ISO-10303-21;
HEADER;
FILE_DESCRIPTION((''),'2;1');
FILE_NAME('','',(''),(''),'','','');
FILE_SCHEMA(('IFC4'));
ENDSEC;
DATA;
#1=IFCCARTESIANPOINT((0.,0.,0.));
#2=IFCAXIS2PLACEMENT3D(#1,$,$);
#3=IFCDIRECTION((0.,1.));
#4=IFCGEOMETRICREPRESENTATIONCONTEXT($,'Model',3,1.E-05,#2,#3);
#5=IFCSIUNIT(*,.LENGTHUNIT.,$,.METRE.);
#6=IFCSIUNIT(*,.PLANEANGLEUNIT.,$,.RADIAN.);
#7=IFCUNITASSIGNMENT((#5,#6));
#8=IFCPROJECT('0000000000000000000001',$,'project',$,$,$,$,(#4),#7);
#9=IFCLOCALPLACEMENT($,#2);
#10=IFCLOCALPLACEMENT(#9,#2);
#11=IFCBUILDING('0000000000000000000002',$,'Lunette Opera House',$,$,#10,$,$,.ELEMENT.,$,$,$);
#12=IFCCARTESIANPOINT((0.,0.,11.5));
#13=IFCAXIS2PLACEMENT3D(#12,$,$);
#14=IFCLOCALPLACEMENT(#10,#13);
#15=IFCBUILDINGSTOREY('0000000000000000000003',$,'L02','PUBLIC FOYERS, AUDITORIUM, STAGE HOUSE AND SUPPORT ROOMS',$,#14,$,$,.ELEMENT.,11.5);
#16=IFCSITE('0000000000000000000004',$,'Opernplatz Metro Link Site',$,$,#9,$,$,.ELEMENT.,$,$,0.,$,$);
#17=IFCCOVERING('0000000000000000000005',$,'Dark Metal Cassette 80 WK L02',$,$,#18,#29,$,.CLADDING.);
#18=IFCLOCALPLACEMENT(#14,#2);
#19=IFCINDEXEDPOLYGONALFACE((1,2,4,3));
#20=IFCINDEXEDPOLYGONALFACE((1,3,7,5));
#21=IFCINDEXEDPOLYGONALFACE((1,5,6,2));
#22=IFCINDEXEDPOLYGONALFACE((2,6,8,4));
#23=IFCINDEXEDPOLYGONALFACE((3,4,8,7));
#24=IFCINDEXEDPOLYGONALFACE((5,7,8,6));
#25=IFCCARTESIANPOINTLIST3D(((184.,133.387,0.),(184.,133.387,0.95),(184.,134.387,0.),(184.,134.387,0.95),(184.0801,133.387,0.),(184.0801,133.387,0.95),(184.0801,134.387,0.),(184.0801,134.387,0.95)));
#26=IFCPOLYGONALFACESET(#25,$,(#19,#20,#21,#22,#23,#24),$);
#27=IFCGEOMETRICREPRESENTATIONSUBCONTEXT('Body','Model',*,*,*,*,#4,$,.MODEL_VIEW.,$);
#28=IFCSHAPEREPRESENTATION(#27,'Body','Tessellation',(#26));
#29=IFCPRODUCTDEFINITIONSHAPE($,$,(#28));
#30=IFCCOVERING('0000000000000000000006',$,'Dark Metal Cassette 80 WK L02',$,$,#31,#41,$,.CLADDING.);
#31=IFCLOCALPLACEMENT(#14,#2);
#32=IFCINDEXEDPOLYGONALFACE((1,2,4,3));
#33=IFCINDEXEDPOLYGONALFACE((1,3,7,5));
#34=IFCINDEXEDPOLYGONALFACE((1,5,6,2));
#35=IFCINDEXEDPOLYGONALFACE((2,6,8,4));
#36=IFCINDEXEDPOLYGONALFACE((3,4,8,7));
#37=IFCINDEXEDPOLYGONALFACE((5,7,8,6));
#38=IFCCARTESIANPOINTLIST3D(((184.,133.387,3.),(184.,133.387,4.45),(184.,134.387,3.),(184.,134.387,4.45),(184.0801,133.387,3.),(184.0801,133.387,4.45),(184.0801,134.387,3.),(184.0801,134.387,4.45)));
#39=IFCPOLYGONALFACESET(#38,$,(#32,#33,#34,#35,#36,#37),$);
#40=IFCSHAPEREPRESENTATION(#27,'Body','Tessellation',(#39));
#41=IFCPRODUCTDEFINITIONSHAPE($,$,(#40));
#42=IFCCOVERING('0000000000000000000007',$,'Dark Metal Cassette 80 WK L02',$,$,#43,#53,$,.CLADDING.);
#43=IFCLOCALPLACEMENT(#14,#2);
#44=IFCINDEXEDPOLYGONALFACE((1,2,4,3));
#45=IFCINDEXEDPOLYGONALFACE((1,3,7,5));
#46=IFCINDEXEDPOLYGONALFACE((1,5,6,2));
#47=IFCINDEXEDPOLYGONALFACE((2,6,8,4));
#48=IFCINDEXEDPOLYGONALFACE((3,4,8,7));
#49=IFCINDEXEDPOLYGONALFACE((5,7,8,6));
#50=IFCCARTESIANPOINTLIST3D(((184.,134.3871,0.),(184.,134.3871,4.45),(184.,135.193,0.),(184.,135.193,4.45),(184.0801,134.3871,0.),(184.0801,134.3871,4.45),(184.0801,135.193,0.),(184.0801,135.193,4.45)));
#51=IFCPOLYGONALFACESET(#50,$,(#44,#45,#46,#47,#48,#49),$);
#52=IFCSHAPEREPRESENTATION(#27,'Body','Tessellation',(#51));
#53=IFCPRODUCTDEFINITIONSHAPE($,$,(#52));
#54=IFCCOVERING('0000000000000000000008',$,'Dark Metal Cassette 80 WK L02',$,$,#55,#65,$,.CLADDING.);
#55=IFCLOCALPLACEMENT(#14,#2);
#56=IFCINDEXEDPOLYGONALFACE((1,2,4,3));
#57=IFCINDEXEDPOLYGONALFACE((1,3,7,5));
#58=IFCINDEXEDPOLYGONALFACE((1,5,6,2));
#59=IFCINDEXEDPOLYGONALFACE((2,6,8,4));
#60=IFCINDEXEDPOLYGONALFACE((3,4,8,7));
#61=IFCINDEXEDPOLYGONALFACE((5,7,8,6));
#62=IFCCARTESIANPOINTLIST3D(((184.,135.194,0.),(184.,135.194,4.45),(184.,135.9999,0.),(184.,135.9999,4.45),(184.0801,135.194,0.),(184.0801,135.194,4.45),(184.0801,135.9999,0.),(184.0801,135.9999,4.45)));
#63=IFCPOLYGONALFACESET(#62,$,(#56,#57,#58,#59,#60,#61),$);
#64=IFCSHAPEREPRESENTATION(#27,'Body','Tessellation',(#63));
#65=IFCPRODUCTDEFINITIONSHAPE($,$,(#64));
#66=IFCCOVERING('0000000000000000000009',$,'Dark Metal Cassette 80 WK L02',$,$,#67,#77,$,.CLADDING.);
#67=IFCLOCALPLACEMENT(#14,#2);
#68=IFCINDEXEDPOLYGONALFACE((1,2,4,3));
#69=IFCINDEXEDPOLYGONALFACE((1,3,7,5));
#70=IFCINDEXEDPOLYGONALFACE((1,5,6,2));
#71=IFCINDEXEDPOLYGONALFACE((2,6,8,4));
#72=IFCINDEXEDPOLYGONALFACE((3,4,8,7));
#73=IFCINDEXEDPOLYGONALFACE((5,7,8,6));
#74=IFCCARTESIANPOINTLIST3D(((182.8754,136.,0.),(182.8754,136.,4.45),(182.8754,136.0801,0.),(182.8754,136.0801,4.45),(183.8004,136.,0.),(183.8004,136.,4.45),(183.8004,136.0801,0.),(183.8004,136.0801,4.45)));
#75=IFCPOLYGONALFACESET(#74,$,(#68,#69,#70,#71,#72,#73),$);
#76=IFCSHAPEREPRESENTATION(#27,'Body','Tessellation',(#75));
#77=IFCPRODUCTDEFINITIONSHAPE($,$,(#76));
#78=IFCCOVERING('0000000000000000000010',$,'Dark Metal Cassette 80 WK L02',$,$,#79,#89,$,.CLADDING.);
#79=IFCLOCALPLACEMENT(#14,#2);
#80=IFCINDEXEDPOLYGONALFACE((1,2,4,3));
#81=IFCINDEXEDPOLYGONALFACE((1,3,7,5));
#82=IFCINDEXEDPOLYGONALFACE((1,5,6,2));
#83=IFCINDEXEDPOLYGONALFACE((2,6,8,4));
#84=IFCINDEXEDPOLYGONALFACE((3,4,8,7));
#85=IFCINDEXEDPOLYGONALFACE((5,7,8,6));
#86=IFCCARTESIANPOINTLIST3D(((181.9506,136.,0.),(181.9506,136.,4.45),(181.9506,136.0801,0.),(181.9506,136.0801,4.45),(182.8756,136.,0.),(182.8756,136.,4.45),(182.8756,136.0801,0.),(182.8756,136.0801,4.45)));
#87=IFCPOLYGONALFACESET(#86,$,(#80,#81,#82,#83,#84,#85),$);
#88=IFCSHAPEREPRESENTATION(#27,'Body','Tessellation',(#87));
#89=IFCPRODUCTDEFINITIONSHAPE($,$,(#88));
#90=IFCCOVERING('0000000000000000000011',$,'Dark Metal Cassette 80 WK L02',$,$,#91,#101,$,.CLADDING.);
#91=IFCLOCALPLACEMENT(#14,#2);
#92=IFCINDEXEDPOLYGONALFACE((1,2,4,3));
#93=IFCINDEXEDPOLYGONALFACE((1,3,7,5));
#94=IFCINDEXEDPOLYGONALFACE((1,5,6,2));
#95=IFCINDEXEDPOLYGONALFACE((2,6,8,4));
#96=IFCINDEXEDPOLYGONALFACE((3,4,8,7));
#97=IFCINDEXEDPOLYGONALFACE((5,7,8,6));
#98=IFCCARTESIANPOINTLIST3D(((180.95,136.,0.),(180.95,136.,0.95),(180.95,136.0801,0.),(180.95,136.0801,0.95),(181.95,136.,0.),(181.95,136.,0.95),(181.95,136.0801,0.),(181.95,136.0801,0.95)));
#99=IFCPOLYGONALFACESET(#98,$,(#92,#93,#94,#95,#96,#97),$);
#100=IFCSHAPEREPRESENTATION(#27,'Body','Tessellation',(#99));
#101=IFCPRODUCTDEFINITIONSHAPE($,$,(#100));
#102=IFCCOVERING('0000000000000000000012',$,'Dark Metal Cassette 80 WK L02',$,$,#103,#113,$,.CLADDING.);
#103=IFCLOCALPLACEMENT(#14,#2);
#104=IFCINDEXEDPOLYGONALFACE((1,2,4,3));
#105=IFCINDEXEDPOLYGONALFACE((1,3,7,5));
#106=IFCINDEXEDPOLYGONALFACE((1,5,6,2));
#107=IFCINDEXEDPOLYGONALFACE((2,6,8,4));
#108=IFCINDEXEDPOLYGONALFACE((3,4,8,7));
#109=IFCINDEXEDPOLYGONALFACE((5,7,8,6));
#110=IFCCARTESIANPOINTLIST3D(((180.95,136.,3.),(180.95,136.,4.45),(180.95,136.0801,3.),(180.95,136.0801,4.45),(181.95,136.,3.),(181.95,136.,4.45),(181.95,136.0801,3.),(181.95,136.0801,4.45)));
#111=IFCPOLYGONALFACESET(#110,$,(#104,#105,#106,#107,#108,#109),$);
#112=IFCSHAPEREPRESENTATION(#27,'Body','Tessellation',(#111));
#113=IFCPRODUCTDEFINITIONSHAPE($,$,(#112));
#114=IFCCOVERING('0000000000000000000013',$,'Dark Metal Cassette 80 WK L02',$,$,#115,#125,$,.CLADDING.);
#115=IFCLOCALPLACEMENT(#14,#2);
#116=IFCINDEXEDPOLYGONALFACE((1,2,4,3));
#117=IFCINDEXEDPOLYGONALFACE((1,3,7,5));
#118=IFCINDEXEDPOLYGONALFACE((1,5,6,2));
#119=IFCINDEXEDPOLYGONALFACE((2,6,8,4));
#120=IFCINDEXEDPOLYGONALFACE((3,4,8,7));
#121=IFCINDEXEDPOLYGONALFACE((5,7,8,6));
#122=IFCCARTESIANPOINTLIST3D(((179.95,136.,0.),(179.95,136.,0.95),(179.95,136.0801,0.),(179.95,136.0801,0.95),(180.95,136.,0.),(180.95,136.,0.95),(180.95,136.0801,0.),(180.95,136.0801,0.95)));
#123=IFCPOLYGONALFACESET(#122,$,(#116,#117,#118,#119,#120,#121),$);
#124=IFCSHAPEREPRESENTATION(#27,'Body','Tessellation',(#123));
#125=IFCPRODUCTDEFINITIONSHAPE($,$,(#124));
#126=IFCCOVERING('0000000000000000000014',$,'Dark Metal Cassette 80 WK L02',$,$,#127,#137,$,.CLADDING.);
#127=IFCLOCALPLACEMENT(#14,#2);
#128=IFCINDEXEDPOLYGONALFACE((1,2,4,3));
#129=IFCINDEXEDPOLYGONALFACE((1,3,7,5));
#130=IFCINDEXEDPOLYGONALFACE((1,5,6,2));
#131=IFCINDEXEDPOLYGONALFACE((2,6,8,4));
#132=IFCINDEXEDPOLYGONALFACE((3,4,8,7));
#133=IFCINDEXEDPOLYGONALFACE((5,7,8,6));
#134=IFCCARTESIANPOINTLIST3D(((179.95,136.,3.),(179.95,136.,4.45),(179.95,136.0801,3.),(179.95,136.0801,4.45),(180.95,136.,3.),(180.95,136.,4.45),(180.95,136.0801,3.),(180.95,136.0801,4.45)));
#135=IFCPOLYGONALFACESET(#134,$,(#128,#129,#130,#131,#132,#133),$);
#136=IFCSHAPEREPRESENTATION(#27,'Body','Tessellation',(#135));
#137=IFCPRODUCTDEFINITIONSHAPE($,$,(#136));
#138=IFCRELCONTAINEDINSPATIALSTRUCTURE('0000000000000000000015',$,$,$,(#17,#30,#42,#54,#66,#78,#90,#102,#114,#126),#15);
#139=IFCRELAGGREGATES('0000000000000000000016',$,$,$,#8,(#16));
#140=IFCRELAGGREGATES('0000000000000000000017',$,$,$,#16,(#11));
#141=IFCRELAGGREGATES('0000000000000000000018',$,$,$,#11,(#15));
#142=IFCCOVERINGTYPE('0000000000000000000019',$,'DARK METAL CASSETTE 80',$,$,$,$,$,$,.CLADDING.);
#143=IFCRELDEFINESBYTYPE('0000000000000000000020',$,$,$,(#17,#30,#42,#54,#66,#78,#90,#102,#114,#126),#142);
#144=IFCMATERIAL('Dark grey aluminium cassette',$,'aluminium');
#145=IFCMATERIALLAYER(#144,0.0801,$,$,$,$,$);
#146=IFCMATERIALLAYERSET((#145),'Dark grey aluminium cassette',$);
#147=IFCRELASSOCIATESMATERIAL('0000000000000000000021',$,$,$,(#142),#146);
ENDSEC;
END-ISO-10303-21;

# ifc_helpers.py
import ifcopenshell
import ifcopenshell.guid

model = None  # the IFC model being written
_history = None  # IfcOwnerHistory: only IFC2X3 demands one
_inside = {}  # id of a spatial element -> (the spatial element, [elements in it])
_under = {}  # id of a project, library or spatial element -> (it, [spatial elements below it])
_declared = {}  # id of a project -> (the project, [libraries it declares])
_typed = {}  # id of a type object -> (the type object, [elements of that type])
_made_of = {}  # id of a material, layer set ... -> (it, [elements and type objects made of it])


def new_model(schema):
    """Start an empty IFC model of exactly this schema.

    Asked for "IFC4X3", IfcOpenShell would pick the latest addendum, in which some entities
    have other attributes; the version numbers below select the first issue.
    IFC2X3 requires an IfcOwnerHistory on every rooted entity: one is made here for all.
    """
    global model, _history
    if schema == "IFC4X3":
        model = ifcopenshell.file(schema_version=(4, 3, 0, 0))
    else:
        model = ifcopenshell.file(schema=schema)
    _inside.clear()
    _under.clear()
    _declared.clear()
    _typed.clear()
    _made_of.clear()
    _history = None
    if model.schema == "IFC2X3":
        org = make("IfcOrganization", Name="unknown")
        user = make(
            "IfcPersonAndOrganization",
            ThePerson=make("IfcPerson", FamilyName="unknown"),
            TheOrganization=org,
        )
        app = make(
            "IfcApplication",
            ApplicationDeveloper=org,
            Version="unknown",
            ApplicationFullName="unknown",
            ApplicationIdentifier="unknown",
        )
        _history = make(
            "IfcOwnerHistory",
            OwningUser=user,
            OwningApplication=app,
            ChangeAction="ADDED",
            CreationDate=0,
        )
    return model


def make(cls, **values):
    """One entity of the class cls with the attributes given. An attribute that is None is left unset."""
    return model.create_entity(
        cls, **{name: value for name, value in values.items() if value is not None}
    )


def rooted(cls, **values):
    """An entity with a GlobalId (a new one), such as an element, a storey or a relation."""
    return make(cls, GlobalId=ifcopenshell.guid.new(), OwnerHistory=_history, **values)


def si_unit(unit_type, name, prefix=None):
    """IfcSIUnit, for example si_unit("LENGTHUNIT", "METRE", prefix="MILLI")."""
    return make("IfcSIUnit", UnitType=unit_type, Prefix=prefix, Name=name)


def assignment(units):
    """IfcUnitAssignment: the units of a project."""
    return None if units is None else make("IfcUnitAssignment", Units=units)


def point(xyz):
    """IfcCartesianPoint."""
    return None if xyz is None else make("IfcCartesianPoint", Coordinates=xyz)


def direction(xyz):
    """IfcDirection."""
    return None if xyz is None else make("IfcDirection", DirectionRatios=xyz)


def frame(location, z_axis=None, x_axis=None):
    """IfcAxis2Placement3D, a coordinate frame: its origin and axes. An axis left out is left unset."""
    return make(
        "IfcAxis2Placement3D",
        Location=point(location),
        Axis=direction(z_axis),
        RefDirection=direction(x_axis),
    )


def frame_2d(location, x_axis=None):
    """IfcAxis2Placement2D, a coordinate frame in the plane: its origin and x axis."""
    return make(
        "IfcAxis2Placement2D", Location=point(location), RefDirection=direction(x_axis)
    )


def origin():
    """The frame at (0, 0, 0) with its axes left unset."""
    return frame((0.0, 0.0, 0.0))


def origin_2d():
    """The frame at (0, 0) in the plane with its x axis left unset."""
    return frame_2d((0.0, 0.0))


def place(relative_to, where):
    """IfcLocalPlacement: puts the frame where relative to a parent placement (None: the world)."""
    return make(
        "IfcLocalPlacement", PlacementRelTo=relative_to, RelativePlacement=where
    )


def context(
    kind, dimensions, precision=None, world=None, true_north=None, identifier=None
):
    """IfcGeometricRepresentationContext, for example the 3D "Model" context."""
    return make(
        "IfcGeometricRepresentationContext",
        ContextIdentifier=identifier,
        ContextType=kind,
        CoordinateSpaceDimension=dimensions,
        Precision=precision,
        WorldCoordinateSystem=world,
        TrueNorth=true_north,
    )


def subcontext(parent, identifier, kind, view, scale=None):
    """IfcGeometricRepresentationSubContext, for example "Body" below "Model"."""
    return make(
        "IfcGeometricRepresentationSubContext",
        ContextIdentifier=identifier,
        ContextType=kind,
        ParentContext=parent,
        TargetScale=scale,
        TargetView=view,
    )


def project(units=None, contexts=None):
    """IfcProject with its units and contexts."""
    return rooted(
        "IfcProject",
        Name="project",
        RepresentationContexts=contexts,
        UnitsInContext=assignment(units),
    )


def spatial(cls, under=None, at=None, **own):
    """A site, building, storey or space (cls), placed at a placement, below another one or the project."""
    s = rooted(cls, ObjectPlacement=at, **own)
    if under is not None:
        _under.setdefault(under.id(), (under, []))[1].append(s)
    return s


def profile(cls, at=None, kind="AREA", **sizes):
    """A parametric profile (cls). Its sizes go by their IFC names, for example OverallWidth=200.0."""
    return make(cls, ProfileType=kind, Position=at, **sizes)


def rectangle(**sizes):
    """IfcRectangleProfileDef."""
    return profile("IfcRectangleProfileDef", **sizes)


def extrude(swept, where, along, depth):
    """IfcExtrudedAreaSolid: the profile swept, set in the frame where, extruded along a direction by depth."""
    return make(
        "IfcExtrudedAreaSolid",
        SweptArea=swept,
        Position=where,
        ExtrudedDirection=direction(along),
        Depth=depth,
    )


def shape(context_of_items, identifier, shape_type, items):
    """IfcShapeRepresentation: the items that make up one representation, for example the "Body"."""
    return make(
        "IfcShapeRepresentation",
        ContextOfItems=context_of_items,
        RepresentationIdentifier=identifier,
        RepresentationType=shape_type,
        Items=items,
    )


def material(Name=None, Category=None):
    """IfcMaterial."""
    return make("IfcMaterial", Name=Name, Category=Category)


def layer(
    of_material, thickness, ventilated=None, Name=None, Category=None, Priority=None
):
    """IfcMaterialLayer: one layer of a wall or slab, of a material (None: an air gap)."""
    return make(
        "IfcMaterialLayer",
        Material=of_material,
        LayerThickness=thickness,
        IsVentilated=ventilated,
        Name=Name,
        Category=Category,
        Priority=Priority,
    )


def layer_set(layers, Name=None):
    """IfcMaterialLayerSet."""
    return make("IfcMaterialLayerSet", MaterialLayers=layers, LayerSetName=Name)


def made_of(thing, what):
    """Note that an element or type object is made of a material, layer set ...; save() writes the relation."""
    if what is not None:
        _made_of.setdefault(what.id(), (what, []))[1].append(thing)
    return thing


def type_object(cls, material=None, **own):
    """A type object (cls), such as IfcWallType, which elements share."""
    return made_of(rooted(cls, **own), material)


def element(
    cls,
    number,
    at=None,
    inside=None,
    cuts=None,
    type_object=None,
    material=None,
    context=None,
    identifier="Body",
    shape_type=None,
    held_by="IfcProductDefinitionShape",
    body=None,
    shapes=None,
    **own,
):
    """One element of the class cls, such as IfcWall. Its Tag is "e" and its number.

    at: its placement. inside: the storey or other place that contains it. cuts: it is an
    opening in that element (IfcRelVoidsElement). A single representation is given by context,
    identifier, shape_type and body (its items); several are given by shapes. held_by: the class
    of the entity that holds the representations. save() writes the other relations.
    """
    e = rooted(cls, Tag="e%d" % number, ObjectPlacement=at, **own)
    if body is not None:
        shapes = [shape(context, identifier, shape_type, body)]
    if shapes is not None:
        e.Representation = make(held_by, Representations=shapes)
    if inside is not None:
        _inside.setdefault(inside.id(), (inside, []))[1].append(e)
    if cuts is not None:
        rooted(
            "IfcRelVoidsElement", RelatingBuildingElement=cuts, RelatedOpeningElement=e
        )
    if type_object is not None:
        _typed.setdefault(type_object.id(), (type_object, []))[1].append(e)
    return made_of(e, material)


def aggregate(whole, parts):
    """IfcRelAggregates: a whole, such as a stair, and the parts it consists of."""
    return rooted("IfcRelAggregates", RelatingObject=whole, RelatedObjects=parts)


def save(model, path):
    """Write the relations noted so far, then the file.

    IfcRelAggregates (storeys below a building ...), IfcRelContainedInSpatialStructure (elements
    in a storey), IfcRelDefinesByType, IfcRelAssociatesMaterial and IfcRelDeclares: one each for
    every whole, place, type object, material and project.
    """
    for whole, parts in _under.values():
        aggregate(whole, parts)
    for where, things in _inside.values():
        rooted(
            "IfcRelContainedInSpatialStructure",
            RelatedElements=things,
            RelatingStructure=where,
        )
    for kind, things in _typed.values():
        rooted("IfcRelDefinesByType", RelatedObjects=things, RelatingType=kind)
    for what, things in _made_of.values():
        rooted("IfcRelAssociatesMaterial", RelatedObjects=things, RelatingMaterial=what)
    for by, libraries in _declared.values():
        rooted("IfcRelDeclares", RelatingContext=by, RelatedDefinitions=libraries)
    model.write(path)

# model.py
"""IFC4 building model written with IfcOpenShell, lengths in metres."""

from ifc_helpers import new_model, si_unit, direction, frame, origin, origin_2d, place, context, subcontext, project, spatial, rectangle, extrude, material, layer, layer_set, type_object, element, save


model = new_model("IFC4")

# Units and contexts
model_context = context("Model", 3, precision=1e-05, world=origin(), true_north=direction((0.0, 1.0)))
body_context = subcontext(model_context, "Body", "Model", "MODEL_VIEW")
ifc_project = project(units=[si_unit("LENGTHUNIT", "METRE"), si_unit("PLANEANGLEUNIT", "RADIAN")], contexts=[model_context])

# Site, building, storey
site_placement = place(None, origin())
site = spatial("IfcSite", under=ifc_project, at=site_placement, Name="Opernplatz Metro Link Site", CompositionType="ELEMENT", RefElevation=0.0)
building_placement = place(site_placement, origin())
building = spatial("IfcBuilding", under=site, at=building_placement, Name="Lunette Opera House", CompositionType="ELEMENT")
storey_placement = place(building_placement, frame((0.0, 0.0, 11.5)))
storey = spatial("IfcBuildingStorey", under=building, at=storey_placement, Name="L02", Description="PUBLIC FOYERS, AUDITORIUM, STAGE HOUSE AND SUPPORT ROOMS", CompositionType="ELEMENT", Elevation=11.5)

# Coverings
ifc_material_1 = material(Name="Dark grey aluminium cassette", Category="aluminium")
ifc_layer_1 = layer(ifc_material_1, 0.0801)
ifc_layer_set_1 = layer_set([ifc_layer_1], Name="Dark grey aluminium cassette")
covering_type = type_object("IfcCoveringType", Name="DARK METAL CASSETTE 80", PredefinedType="CLADDING", material=ifc_layer_set_1)
covering_1_placement = place(storey_placement, frame((184.04, 133.887, 0.0), z_axis=(0.0, 0.0, 1.0), x_axis=(0.0, 1.0, 0.0)))
element("IfcCovering", 1, at=covering_1_placement, inside=storey, type_object=covering_type, Name="Dark Metal Cassette 80 WK L02", PredefinedType="CLADDING", context=body_context, shape_type="SweptSolid", body=[
    extrude(rectangle(XDim=1.0, YDim=0.0801, at=origin_2d()), origin(), (0.0, 0.0, 1.0), 0.95),
])
covering_2_placement = place(storey_placement, frame((184.04, 133.887, 3.0), z_axis=(0.0, 0.0, 1.0), x_axis=(0.0, 1.0, 0.0)))
element("IfcCovering", 2, at=covering_2_placement, inside=storey, type_object=covering_type, Name="Dark Metal Cassette 80 WK L02", PredefinedType="CLADDING", context=body_context, shape_type="SweptSolid", body=[
    extrude(rectangle(XDim=1.0, YDim=0.0801, at=origin_2d()), origin(), (0.0, 0.0, 1.0), 1.45),
])
for number, where, z_axis, x_axis, name in (
    (3, (184.04, 134.79, 0.0), (0.0, 0.0, 1.0), (0.0, 1.0, 0.0), "Dark Metal Cassette 80 WK L02"),
    (4, (184.04, 135.5969, 0.0), (0.0, 0.0, 1.0), (0.0, 1.0, 0.0), "Dark Metal Cassette 80 WK L02"),
):
    element("IfcCovering", number, at=place(storey_placement, frame(where, z_axis=z_axis, x_axis=x_axis)), inside=storey, type_object=covering_type, Name=name, PredefinedType="CLADDING", context=body_context, shape_type="SweptSolid", body=[
        extrude(rectangle(XDim=0.8059, YDim=0.0801, at=origin_2d()), origin(), (0.0, 0.0, 1.0), 4.45),
    ])
for number, where, z_axis, x_axis, name in (
    (5, (183.3379, 136.04, 0.0), (0.0, 0.0, 1.0), (-1.0, 0.0, 0.0), "Dark Metal Cassette 80 WK L02"),
    (6, (182.4131, 136.04, 0.0), (0.0, 0.0, 1.0), (-1.0, 0.0, 0.0), "Dark Metal Cassette 80 WK L02"),
):
    element("IfcCovering", number, at=place(storey_placement, frame(where, z_axis=z_axis, x_axis=x_axis)), inside=storey, type_object=covering_type, Name=name, PredefinedType="CLADDING", context=body_context, shape_type="SweptSolid", body=[
        extrude(rectangle(XDim=0.925, YDim=0.0801, at=origin_2d()), origin(), (0.0, 0.0, 1.0), 4.45),
    ])
covering_3_placement = place(storey_placement, frame((181.45, 136.04, 0.0), z_axis=(0.0, 0.0, 1.0), x_axis=(-1.0, 0.0, 0.0)))
element("IfcCovering", 7, at=covering_3_placement, inside=storey, type_object=covering_type, Name="Dark Metal Cassette 80 WK L02", PredefinedType="CLADDING", context=body_context, shape_type="SweptSolid", body=[
    extrude(rectangle(XDim=1.0, YDim=0.0801, at=origin_2d()), origin(), (0.0, 0.0, 1.0), 0.95),
])
covering_4_placement = place(storey_placement, frame((181.45, 136.04, 3.0), z_axis=(0.0, 0.0, 1.0), x_axis=(-1.0, 0.0, 0.0)))
element("IfcCovering", 8, at=covering_4_placement, inside=storey, type_object=covering_type, Name="Dark Metal Cassette 80 WK L02", PredefinedType="CLADDING", context=body_context, shape_type="SweptSolid", body=[
    extrude(rectangle(XDim=1.0, YDim=0.0801, at=origin_2d()), origin(), (0.0, 0.0, 1.0), 1.45),
])
covering_5_placement = place(storey_placement, frame((180.45, 136.04, 0.0), z_axis=(0.0, 0.0, 1.0), x_axis=(-1.0, 0.0, 0.0)))
element("IfcCovering", 9, at=covering_5_placement, inside=storey, type_object=covering_type, Name="Dark Metal Cassette 80 WK L02", PredefinedType="CLADDING", context=body_context, shape_type="SweptSolid", body=[
    extrude(rectangle(XDim=1.0, YDim=0.0801, at=origin_2d()), origin(), (0.0, 0.0, 1.0), 0.95),
])
covering_6_placement = place(storey_placement, frame((180.45, 136.04, 3.0), z_axis=(0.0, 0.0, 1.0), x_axis=(-1.0, 0.0, 0.0)))
element("IfcCovering", 10, at=covering_6_placement, inside=storey, type_object=covering_type, Name="Dark Metal Cassette 80 WK L02", PredefinedType="CLADDING", context=body_context, shape_type="SweptSolid", body=[
    extrude(rectangle(XDim=1.0, YDim=0.0801, at=origin_2d()), origin(), (0.0, 0.0, 1.0), 1.45),
])

save(model, "model.ifc")
